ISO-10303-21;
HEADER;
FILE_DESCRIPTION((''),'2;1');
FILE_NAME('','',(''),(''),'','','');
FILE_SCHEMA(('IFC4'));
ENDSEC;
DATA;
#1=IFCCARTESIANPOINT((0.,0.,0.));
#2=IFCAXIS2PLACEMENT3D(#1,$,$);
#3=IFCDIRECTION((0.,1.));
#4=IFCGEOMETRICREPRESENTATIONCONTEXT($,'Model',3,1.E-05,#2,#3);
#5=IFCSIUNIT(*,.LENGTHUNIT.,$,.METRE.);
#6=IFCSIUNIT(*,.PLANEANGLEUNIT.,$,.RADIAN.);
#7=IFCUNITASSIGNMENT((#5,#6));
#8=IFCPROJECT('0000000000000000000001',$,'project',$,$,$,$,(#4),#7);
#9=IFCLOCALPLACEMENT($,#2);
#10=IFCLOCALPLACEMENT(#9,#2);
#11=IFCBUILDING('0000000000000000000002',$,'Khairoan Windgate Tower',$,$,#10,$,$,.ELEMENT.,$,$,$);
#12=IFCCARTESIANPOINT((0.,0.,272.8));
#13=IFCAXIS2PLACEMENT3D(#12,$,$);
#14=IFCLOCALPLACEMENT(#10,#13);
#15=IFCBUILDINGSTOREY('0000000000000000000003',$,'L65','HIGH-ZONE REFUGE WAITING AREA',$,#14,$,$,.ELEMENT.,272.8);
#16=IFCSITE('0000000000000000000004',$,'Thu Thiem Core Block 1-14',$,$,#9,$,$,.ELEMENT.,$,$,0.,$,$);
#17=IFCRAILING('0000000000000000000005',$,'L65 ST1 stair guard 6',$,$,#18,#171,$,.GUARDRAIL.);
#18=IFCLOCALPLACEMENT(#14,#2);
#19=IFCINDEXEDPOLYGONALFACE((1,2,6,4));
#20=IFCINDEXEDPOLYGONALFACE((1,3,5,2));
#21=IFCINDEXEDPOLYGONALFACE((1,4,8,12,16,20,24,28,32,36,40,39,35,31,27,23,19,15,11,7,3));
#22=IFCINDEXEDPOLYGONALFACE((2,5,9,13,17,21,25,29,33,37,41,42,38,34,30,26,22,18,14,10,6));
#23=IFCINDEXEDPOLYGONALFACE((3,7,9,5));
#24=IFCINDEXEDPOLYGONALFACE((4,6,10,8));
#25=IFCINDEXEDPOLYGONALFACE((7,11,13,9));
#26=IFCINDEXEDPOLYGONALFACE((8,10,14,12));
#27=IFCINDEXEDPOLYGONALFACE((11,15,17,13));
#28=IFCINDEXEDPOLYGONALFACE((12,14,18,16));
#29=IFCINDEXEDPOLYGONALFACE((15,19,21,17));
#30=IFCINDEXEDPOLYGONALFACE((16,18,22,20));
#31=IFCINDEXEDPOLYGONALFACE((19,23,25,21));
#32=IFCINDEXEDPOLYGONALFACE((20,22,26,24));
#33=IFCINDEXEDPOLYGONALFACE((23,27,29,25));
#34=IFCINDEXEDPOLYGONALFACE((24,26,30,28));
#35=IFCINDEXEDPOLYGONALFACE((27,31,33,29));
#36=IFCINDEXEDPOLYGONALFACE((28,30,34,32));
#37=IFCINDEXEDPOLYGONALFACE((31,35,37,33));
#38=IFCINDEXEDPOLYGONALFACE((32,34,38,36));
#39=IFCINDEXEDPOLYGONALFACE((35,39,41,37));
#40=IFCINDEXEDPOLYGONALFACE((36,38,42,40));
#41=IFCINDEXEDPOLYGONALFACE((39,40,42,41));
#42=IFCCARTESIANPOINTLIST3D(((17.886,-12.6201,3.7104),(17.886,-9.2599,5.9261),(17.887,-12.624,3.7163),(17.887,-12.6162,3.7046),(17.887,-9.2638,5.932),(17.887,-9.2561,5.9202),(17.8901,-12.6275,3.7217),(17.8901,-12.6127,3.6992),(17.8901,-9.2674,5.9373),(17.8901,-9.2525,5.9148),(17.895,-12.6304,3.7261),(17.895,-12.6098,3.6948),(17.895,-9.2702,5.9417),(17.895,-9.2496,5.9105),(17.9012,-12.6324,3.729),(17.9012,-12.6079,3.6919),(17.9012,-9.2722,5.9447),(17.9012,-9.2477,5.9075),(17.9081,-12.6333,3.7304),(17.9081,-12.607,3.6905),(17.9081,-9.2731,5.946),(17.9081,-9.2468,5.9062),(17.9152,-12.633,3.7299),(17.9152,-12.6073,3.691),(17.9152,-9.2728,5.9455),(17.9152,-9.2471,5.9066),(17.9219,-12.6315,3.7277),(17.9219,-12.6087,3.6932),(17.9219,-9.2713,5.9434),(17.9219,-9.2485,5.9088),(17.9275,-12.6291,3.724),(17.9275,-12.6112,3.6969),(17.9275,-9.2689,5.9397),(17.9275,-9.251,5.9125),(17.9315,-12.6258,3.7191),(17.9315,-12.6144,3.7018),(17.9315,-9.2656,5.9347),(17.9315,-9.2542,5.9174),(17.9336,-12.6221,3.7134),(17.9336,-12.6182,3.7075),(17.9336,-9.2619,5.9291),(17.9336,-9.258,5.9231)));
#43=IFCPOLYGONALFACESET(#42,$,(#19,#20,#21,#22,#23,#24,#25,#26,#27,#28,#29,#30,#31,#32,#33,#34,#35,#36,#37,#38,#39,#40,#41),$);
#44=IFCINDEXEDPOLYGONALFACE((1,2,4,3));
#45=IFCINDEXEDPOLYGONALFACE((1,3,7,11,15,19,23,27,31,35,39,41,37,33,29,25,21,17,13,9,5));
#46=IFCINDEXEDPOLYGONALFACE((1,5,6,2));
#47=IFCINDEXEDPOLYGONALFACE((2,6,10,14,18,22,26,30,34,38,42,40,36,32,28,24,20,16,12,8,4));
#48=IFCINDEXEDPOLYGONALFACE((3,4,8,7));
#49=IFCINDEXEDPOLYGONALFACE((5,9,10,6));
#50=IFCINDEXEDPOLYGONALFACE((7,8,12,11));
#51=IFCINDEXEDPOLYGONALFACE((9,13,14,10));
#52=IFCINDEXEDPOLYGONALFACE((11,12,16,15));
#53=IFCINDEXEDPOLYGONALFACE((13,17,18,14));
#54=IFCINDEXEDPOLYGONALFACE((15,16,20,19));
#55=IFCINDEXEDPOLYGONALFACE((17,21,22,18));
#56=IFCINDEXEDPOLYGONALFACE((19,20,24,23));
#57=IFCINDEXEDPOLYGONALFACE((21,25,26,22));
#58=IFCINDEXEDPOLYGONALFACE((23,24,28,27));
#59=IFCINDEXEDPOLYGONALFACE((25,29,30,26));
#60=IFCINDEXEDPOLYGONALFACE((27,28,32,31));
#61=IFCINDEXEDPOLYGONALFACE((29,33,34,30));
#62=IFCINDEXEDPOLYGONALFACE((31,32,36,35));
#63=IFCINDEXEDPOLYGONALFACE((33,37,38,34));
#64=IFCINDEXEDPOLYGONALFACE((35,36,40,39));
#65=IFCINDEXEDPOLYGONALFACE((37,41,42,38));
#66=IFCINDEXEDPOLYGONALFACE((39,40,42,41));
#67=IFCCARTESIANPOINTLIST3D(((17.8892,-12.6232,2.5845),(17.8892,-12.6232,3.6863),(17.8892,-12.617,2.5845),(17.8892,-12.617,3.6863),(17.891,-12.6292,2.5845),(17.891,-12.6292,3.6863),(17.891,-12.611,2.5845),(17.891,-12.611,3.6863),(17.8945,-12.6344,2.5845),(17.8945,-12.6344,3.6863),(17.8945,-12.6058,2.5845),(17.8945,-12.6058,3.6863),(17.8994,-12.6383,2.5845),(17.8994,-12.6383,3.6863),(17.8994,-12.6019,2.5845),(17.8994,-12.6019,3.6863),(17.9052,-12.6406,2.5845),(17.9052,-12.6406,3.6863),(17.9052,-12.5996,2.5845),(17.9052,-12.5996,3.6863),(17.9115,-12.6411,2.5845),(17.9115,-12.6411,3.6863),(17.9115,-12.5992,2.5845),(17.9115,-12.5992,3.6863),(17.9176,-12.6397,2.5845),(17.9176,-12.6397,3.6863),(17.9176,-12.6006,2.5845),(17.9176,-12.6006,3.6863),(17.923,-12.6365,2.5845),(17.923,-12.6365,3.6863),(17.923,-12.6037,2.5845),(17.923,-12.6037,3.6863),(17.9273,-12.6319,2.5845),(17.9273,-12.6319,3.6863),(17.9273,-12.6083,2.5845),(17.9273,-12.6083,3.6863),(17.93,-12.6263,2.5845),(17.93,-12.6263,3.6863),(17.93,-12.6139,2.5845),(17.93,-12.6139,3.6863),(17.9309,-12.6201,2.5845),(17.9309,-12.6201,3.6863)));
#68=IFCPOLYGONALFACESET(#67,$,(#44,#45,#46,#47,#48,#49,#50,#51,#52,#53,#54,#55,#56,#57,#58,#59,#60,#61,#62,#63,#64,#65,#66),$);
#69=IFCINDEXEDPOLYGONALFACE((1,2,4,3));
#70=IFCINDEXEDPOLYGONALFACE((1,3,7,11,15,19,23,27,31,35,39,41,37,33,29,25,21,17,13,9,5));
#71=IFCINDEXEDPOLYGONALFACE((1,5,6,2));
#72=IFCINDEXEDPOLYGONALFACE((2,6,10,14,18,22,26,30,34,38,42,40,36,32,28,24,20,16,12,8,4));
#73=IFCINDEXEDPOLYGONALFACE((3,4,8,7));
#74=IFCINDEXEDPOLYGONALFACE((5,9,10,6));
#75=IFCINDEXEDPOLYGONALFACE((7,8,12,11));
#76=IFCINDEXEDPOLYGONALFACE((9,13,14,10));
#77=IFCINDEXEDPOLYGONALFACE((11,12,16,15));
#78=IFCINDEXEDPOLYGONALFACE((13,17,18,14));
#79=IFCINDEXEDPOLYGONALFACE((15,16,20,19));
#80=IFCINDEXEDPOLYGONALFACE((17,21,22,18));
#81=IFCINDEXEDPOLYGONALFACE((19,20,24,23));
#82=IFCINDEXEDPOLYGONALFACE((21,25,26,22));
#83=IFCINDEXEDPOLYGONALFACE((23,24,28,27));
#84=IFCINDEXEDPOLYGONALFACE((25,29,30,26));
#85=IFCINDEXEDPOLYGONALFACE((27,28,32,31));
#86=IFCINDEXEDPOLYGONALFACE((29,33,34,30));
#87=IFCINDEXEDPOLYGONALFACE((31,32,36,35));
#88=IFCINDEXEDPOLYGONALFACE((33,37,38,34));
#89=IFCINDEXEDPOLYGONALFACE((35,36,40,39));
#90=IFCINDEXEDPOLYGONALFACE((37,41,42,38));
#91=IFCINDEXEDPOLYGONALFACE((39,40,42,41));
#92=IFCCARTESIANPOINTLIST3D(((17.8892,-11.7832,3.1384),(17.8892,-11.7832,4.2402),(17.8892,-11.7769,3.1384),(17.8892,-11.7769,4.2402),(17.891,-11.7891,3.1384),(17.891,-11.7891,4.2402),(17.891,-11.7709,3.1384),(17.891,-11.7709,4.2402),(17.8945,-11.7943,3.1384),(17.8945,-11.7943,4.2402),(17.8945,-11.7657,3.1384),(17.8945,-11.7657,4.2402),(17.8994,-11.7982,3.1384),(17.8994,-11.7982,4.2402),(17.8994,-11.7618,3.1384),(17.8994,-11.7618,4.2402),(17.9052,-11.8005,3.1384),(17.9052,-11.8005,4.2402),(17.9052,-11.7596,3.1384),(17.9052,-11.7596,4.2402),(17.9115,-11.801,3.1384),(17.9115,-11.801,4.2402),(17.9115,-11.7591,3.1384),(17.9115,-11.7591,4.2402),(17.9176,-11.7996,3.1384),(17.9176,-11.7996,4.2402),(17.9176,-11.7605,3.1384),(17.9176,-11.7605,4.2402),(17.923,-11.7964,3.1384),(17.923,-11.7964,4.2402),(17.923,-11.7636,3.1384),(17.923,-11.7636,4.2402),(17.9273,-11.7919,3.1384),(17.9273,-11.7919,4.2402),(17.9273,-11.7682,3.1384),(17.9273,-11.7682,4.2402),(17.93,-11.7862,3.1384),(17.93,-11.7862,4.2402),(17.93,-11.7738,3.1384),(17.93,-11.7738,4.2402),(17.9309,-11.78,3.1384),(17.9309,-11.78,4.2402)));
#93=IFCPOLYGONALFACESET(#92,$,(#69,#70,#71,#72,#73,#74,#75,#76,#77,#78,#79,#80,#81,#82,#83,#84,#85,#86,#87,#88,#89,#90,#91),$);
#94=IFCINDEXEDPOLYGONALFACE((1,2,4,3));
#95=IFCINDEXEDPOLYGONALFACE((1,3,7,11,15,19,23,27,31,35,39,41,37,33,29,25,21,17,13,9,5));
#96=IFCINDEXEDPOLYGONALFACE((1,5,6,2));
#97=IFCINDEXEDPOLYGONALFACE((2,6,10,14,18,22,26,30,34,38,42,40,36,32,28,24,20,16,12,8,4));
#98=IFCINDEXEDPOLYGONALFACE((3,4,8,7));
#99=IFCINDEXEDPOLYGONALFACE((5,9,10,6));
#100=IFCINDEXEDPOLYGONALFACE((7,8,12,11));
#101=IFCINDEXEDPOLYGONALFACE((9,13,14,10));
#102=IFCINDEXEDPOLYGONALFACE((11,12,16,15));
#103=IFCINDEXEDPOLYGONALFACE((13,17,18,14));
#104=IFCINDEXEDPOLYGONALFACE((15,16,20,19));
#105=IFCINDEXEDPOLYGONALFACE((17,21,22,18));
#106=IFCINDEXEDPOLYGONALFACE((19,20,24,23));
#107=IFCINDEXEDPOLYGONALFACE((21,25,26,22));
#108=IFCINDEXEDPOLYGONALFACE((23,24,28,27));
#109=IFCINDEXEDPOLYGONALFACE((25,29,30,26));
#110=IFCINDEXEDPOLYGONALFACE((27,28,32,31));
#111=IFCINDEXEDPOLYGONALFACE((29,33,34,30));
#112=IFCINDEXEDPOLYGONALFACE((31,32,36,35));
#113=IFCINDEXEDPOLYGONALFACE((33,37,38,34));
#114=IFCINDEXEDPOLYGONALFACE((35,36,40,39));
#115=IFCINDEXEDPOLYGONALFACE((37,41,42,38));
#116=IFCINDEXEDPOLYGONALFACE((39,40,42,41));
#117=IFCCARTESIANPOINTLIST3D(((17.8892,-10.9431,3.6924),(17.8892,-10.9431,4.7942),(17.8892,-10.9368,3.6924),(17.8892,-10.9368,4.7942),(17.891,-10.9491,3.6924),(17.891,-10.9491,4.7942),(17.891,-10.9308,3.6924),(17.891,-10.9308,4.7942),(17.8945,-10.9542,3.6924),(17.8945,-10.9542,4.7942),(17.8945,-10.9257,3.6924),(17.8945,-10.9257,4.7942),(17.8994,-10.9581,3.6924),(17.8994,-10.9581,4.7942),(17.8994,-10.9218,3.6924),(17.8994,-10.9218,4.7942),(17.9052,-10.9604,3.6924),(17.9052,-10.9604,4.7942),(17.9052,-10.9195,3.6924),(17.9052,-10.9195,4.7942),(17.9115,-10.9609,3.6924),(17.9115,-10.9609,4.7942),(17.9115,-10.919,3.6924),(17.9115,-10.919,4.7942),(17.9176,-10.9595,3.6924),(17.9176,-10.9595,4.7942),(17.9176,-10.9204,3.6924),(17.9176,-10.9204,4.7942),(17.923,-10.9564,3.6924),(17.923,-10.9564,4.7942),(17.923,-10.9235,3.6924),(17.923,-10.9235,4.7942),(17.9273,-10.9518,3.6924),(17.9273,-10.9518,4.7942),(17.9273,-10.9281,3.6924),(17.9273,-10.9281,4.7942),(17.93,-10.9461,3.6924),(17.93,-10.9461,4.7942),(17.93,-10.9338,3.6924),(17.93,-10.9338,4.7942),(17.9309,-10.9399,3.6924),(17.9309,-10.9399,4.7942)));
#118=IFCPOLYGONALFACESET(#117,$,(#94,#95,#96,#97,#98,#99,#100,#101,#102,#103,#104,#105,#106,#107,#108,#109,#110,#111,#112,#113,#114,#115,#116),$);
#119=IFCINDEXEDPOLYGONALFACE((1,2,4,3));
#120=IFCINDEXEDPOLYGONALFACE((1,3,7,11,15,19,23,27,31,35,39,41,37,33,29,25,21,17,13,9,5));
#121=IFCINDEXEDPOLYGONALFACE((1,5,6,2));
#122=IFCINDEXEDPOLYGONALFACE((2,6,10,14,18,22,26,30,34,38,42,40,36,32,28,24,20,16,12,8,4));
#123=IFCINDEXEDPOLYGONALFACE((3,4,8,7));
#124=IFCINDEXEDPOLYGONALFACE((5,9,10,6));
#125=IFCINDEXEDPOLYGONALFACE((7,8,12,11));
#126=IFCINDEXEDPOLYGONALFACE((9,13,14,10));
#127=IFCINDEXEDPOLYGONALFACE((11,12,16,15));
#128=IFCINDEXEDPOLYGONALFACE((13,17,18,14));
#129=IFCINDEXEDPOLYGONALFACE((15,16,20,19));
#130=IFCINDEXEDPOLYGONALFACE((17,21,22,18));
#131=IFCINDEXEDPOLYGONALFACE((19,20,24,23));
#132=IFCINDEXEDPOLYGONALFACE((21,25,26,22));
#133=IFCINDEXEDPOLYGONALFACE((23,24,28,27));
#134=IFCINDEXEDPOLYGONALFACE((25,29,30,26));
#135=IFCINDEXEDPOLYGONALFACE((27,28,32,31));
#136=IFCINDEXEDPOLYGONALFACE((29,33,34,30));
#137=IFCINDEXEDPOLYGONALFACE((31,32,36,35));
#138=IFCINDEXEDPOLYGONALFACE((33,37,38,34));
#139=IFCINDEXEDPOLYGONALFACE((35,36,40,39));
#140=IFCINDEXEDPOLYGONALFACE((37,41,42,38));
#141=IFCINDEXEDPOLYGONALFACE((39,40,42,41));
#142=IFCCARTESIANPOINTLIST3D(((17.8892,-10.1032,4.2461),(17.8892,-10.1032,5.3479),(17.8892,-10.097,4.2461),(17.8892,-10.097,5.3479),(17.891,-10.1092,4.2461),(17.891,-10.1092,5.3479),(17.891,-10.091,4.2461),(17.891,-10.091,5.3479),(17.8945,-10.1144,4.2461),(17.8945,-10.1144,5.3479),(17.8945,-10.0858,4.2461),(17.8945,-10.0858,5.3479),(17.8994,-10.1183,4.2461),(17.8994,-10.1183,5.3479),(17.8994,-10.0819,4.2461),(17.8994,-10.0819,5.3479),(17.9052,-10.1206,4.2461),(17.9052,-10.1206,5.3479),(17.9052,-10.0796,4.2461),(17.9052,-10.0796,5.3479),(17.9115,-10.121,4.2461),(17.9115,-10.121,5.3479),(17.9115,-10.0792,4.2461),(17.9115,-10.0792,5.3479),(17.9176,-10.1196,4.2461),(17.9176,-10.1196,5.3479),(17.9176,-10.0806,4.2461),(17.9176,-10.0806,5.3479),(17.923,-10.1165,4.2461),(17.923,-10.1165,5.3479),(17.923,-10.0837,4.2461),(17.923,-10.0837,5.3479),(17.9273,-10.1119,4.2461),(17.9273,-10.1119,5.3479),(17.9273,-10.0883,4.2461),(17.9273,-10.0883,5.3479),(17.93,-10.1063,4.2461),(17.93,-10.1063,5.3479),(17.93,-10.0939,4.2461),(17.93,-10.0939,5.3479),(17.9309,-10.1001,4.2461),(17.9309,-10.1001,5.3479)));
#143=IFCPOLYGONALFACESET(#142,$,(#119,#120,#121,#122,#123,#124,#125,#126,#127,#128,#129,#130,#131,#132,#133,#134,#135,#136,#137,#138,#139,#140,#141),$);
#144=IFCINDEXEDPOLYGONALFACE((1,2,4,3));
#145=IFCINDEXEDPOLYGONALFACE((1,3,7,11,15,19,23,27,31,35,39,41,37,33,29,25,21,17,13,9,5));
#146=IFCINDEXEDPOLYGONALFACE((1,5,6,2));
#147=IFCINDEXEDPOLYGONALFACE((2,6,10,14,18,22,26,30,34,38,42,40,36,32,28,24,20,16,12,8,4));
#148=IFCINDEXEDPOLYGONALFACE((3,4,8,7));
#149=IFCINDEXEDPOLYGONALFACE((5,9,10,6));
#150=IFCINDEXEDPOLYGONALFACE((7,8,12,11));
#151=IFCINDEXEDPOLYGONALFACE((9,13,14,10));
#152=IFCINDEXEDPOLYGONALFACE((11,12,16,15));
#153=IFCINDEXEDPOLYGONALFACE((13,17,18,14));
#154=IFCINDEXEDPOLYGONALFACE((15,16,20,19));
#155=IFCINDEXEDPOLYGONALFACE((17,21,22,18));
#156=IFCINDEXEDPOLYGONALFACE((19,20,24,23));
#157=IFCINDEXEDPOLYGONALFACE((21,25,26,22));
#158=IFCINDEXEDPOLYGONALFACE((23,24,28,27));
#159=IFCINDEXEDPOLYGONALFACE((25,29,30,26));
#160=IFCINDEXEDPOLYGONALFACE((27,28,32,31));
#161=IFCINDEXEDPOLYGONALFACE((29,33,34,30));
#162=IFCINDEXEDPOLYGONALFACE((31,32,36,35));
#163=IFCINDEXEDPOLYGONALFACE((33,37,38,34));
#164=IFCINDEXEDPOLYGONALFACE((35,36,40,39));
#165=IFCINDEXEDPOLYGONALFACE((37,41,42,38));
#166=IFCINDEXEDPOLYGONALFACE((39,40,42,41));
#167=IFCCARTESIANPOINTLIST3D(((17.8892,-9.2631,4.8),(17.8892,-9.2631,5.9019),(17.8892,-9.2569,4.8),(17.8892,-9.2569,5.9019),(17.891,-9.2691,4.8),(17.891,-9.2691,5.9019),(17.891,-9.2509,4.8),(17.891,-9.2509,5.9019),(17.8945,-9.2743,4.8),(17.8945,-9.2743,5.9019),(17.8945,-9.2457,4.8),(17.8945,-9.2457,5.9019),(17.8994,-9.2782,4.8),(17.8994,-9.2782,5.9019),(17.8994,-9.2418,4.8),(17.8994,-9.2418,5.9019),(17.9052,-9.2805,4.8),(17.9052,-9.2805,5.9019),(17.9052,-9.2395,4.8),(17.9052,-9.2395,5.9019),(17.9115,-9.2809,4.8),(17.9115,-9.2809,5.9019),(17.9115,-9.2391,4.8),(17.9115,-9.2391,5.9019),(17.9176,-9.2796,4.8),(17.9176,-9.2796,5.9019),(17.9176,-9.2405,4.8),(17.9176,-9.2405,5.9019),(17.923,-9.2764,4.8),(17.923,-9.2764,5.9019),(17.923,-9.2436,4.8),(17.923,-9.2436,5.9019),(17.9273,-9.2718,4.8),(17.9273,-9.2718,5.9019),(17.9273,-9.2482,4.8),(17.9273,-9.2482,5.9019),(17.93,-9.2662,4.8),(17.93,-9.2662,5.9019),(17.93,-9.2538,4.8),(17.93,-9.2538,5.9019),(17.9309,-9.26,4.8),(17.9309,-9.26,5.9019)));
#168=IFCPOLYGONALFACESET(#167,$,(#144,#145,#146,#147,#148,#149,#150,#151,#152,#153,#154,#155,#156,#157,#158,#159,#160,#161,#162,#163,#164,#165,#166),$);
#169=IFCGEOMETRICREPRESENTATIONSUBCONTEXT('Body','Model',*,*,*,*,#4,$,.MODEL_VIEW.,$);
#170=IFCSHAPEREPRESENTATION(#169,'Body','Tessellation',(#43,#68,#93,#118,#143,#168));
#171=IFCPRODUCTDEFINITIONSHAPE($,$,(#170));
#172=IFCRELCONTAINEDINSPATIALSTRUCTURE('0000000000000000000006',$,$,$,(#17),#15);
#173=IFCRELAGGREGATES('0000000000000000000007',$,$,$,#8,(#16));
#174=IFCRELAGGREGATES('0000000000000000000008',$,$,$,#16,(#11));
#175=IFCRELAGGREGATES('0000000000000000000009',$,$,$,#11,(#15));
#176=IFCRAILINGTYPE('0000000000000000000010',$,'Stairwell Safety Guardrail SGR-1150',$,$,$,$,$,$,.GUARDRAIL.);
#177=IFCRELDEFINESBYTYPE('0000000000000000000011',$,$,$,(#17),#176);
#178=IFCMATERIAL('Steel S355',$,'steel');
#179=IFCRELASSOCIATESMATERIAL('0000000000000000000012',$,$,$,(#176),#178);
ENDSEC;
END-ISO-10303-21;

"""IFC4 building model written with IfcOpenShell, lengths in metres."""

from ifc_helpers import new_model, si_unit, direction, frame, origin, origin_2d, place, context, subcontext, project, spatial, circle, extrude, material, type_object, element, save


model = new_model("IFC4")

# Units and contexts
model_context = context("Model", 3, precision=1e-05, world=origin(), true_north=direction((0.0, 1.0)))
body_context = subcontext(model_context, "Body", "Model", "MODEL_VIEW")
ifc_project = project(units=[si_unit("LENGTHUNIT", "METRE"), si_unit("PLANEANGLEUNIT", "RADIAN")], contexts=[model_context])

# Site, building, storey
site_placement = place(None, origin())
site = spatial("IfcSite", under=ifc_project, at=site_placement, Name="Thu Thiem Core Block 1-14", CompositionType="ELEMENT", RefElevation=0.0)
building_placement = place(site_placement, origin())
building = spatial("IfcBuilding", under=site, at=building_placement, Name="Khairoan Windgate Tower", CompositionType="ELEMENT")
storey_placement = place(building_placement, frame((0.0, 0.0, 272.8)))
storey = spatial("IfcBuildingStorey", under=building, at=storey_placement, Name="L65", Description="HIGH-ZONE REFUGE WAITING AREA", CompositionType="ELEMENT", Elevation=272.8)

# Railing
ifc_material_1 = material(Name="Steel S355", Category="steel")
railing_type_1 = type_object("IfcRailingType", Name="Stairwell Safety Guardrail SGR-1150", PredefinedType="GUARDRAIL", material=ifc_material_1)
railing_1_placement = place(storey_placement, frame((17.9099, -12.6201, 2.5845)))
element("IfcRailing", 1, at=railing_1_placement, inside=storey, type_object=railing_type_1, Name="L65 ST1 stair guard 6", PredefinedType="GUARDRAIL", context=body_context, shape_type="SweptSolid", body=[
    extrude(circle(Radius=0.0239, at=origin_2d()), frame((0.0, 0.0, 1.126), z_axis=(0.0, 0.834849, 0.55048), x_axis=(-1.0, 0.0, 0.0)), (0.0, 0.0, 1.0), 4.0249),
    extrude(circle(Radius=0.021, at=origin_2d()), origin(), (0.0, 0.0, 1.0), 1.1018),
    extrude(circle(Radius=0.021, at=origin_2d()), frame((0.0, 0.8401, 0.554)), (0.0, 0.0, 1.0), 1.1018),
    extrude(circle(Radius=0.021, at=origin_2d()), frame((0.0, 1.6802, 1.1079)), (0.0, 0.0, 1.0), 1.1018),
    extrude(circle(Radius=0.021, at=origin_2d()), frame((0.0, 2.52, 1.6616)), (0.0, 0.0, 1.0), 1.1018),
    extrude(circle(Radius=0.021, at=origin_2d()), frame((0.0, 3.3601, 2.2156)), (0.0, 0.0, 1.0), 1.1018),
])

save(model, "model.ifc")
